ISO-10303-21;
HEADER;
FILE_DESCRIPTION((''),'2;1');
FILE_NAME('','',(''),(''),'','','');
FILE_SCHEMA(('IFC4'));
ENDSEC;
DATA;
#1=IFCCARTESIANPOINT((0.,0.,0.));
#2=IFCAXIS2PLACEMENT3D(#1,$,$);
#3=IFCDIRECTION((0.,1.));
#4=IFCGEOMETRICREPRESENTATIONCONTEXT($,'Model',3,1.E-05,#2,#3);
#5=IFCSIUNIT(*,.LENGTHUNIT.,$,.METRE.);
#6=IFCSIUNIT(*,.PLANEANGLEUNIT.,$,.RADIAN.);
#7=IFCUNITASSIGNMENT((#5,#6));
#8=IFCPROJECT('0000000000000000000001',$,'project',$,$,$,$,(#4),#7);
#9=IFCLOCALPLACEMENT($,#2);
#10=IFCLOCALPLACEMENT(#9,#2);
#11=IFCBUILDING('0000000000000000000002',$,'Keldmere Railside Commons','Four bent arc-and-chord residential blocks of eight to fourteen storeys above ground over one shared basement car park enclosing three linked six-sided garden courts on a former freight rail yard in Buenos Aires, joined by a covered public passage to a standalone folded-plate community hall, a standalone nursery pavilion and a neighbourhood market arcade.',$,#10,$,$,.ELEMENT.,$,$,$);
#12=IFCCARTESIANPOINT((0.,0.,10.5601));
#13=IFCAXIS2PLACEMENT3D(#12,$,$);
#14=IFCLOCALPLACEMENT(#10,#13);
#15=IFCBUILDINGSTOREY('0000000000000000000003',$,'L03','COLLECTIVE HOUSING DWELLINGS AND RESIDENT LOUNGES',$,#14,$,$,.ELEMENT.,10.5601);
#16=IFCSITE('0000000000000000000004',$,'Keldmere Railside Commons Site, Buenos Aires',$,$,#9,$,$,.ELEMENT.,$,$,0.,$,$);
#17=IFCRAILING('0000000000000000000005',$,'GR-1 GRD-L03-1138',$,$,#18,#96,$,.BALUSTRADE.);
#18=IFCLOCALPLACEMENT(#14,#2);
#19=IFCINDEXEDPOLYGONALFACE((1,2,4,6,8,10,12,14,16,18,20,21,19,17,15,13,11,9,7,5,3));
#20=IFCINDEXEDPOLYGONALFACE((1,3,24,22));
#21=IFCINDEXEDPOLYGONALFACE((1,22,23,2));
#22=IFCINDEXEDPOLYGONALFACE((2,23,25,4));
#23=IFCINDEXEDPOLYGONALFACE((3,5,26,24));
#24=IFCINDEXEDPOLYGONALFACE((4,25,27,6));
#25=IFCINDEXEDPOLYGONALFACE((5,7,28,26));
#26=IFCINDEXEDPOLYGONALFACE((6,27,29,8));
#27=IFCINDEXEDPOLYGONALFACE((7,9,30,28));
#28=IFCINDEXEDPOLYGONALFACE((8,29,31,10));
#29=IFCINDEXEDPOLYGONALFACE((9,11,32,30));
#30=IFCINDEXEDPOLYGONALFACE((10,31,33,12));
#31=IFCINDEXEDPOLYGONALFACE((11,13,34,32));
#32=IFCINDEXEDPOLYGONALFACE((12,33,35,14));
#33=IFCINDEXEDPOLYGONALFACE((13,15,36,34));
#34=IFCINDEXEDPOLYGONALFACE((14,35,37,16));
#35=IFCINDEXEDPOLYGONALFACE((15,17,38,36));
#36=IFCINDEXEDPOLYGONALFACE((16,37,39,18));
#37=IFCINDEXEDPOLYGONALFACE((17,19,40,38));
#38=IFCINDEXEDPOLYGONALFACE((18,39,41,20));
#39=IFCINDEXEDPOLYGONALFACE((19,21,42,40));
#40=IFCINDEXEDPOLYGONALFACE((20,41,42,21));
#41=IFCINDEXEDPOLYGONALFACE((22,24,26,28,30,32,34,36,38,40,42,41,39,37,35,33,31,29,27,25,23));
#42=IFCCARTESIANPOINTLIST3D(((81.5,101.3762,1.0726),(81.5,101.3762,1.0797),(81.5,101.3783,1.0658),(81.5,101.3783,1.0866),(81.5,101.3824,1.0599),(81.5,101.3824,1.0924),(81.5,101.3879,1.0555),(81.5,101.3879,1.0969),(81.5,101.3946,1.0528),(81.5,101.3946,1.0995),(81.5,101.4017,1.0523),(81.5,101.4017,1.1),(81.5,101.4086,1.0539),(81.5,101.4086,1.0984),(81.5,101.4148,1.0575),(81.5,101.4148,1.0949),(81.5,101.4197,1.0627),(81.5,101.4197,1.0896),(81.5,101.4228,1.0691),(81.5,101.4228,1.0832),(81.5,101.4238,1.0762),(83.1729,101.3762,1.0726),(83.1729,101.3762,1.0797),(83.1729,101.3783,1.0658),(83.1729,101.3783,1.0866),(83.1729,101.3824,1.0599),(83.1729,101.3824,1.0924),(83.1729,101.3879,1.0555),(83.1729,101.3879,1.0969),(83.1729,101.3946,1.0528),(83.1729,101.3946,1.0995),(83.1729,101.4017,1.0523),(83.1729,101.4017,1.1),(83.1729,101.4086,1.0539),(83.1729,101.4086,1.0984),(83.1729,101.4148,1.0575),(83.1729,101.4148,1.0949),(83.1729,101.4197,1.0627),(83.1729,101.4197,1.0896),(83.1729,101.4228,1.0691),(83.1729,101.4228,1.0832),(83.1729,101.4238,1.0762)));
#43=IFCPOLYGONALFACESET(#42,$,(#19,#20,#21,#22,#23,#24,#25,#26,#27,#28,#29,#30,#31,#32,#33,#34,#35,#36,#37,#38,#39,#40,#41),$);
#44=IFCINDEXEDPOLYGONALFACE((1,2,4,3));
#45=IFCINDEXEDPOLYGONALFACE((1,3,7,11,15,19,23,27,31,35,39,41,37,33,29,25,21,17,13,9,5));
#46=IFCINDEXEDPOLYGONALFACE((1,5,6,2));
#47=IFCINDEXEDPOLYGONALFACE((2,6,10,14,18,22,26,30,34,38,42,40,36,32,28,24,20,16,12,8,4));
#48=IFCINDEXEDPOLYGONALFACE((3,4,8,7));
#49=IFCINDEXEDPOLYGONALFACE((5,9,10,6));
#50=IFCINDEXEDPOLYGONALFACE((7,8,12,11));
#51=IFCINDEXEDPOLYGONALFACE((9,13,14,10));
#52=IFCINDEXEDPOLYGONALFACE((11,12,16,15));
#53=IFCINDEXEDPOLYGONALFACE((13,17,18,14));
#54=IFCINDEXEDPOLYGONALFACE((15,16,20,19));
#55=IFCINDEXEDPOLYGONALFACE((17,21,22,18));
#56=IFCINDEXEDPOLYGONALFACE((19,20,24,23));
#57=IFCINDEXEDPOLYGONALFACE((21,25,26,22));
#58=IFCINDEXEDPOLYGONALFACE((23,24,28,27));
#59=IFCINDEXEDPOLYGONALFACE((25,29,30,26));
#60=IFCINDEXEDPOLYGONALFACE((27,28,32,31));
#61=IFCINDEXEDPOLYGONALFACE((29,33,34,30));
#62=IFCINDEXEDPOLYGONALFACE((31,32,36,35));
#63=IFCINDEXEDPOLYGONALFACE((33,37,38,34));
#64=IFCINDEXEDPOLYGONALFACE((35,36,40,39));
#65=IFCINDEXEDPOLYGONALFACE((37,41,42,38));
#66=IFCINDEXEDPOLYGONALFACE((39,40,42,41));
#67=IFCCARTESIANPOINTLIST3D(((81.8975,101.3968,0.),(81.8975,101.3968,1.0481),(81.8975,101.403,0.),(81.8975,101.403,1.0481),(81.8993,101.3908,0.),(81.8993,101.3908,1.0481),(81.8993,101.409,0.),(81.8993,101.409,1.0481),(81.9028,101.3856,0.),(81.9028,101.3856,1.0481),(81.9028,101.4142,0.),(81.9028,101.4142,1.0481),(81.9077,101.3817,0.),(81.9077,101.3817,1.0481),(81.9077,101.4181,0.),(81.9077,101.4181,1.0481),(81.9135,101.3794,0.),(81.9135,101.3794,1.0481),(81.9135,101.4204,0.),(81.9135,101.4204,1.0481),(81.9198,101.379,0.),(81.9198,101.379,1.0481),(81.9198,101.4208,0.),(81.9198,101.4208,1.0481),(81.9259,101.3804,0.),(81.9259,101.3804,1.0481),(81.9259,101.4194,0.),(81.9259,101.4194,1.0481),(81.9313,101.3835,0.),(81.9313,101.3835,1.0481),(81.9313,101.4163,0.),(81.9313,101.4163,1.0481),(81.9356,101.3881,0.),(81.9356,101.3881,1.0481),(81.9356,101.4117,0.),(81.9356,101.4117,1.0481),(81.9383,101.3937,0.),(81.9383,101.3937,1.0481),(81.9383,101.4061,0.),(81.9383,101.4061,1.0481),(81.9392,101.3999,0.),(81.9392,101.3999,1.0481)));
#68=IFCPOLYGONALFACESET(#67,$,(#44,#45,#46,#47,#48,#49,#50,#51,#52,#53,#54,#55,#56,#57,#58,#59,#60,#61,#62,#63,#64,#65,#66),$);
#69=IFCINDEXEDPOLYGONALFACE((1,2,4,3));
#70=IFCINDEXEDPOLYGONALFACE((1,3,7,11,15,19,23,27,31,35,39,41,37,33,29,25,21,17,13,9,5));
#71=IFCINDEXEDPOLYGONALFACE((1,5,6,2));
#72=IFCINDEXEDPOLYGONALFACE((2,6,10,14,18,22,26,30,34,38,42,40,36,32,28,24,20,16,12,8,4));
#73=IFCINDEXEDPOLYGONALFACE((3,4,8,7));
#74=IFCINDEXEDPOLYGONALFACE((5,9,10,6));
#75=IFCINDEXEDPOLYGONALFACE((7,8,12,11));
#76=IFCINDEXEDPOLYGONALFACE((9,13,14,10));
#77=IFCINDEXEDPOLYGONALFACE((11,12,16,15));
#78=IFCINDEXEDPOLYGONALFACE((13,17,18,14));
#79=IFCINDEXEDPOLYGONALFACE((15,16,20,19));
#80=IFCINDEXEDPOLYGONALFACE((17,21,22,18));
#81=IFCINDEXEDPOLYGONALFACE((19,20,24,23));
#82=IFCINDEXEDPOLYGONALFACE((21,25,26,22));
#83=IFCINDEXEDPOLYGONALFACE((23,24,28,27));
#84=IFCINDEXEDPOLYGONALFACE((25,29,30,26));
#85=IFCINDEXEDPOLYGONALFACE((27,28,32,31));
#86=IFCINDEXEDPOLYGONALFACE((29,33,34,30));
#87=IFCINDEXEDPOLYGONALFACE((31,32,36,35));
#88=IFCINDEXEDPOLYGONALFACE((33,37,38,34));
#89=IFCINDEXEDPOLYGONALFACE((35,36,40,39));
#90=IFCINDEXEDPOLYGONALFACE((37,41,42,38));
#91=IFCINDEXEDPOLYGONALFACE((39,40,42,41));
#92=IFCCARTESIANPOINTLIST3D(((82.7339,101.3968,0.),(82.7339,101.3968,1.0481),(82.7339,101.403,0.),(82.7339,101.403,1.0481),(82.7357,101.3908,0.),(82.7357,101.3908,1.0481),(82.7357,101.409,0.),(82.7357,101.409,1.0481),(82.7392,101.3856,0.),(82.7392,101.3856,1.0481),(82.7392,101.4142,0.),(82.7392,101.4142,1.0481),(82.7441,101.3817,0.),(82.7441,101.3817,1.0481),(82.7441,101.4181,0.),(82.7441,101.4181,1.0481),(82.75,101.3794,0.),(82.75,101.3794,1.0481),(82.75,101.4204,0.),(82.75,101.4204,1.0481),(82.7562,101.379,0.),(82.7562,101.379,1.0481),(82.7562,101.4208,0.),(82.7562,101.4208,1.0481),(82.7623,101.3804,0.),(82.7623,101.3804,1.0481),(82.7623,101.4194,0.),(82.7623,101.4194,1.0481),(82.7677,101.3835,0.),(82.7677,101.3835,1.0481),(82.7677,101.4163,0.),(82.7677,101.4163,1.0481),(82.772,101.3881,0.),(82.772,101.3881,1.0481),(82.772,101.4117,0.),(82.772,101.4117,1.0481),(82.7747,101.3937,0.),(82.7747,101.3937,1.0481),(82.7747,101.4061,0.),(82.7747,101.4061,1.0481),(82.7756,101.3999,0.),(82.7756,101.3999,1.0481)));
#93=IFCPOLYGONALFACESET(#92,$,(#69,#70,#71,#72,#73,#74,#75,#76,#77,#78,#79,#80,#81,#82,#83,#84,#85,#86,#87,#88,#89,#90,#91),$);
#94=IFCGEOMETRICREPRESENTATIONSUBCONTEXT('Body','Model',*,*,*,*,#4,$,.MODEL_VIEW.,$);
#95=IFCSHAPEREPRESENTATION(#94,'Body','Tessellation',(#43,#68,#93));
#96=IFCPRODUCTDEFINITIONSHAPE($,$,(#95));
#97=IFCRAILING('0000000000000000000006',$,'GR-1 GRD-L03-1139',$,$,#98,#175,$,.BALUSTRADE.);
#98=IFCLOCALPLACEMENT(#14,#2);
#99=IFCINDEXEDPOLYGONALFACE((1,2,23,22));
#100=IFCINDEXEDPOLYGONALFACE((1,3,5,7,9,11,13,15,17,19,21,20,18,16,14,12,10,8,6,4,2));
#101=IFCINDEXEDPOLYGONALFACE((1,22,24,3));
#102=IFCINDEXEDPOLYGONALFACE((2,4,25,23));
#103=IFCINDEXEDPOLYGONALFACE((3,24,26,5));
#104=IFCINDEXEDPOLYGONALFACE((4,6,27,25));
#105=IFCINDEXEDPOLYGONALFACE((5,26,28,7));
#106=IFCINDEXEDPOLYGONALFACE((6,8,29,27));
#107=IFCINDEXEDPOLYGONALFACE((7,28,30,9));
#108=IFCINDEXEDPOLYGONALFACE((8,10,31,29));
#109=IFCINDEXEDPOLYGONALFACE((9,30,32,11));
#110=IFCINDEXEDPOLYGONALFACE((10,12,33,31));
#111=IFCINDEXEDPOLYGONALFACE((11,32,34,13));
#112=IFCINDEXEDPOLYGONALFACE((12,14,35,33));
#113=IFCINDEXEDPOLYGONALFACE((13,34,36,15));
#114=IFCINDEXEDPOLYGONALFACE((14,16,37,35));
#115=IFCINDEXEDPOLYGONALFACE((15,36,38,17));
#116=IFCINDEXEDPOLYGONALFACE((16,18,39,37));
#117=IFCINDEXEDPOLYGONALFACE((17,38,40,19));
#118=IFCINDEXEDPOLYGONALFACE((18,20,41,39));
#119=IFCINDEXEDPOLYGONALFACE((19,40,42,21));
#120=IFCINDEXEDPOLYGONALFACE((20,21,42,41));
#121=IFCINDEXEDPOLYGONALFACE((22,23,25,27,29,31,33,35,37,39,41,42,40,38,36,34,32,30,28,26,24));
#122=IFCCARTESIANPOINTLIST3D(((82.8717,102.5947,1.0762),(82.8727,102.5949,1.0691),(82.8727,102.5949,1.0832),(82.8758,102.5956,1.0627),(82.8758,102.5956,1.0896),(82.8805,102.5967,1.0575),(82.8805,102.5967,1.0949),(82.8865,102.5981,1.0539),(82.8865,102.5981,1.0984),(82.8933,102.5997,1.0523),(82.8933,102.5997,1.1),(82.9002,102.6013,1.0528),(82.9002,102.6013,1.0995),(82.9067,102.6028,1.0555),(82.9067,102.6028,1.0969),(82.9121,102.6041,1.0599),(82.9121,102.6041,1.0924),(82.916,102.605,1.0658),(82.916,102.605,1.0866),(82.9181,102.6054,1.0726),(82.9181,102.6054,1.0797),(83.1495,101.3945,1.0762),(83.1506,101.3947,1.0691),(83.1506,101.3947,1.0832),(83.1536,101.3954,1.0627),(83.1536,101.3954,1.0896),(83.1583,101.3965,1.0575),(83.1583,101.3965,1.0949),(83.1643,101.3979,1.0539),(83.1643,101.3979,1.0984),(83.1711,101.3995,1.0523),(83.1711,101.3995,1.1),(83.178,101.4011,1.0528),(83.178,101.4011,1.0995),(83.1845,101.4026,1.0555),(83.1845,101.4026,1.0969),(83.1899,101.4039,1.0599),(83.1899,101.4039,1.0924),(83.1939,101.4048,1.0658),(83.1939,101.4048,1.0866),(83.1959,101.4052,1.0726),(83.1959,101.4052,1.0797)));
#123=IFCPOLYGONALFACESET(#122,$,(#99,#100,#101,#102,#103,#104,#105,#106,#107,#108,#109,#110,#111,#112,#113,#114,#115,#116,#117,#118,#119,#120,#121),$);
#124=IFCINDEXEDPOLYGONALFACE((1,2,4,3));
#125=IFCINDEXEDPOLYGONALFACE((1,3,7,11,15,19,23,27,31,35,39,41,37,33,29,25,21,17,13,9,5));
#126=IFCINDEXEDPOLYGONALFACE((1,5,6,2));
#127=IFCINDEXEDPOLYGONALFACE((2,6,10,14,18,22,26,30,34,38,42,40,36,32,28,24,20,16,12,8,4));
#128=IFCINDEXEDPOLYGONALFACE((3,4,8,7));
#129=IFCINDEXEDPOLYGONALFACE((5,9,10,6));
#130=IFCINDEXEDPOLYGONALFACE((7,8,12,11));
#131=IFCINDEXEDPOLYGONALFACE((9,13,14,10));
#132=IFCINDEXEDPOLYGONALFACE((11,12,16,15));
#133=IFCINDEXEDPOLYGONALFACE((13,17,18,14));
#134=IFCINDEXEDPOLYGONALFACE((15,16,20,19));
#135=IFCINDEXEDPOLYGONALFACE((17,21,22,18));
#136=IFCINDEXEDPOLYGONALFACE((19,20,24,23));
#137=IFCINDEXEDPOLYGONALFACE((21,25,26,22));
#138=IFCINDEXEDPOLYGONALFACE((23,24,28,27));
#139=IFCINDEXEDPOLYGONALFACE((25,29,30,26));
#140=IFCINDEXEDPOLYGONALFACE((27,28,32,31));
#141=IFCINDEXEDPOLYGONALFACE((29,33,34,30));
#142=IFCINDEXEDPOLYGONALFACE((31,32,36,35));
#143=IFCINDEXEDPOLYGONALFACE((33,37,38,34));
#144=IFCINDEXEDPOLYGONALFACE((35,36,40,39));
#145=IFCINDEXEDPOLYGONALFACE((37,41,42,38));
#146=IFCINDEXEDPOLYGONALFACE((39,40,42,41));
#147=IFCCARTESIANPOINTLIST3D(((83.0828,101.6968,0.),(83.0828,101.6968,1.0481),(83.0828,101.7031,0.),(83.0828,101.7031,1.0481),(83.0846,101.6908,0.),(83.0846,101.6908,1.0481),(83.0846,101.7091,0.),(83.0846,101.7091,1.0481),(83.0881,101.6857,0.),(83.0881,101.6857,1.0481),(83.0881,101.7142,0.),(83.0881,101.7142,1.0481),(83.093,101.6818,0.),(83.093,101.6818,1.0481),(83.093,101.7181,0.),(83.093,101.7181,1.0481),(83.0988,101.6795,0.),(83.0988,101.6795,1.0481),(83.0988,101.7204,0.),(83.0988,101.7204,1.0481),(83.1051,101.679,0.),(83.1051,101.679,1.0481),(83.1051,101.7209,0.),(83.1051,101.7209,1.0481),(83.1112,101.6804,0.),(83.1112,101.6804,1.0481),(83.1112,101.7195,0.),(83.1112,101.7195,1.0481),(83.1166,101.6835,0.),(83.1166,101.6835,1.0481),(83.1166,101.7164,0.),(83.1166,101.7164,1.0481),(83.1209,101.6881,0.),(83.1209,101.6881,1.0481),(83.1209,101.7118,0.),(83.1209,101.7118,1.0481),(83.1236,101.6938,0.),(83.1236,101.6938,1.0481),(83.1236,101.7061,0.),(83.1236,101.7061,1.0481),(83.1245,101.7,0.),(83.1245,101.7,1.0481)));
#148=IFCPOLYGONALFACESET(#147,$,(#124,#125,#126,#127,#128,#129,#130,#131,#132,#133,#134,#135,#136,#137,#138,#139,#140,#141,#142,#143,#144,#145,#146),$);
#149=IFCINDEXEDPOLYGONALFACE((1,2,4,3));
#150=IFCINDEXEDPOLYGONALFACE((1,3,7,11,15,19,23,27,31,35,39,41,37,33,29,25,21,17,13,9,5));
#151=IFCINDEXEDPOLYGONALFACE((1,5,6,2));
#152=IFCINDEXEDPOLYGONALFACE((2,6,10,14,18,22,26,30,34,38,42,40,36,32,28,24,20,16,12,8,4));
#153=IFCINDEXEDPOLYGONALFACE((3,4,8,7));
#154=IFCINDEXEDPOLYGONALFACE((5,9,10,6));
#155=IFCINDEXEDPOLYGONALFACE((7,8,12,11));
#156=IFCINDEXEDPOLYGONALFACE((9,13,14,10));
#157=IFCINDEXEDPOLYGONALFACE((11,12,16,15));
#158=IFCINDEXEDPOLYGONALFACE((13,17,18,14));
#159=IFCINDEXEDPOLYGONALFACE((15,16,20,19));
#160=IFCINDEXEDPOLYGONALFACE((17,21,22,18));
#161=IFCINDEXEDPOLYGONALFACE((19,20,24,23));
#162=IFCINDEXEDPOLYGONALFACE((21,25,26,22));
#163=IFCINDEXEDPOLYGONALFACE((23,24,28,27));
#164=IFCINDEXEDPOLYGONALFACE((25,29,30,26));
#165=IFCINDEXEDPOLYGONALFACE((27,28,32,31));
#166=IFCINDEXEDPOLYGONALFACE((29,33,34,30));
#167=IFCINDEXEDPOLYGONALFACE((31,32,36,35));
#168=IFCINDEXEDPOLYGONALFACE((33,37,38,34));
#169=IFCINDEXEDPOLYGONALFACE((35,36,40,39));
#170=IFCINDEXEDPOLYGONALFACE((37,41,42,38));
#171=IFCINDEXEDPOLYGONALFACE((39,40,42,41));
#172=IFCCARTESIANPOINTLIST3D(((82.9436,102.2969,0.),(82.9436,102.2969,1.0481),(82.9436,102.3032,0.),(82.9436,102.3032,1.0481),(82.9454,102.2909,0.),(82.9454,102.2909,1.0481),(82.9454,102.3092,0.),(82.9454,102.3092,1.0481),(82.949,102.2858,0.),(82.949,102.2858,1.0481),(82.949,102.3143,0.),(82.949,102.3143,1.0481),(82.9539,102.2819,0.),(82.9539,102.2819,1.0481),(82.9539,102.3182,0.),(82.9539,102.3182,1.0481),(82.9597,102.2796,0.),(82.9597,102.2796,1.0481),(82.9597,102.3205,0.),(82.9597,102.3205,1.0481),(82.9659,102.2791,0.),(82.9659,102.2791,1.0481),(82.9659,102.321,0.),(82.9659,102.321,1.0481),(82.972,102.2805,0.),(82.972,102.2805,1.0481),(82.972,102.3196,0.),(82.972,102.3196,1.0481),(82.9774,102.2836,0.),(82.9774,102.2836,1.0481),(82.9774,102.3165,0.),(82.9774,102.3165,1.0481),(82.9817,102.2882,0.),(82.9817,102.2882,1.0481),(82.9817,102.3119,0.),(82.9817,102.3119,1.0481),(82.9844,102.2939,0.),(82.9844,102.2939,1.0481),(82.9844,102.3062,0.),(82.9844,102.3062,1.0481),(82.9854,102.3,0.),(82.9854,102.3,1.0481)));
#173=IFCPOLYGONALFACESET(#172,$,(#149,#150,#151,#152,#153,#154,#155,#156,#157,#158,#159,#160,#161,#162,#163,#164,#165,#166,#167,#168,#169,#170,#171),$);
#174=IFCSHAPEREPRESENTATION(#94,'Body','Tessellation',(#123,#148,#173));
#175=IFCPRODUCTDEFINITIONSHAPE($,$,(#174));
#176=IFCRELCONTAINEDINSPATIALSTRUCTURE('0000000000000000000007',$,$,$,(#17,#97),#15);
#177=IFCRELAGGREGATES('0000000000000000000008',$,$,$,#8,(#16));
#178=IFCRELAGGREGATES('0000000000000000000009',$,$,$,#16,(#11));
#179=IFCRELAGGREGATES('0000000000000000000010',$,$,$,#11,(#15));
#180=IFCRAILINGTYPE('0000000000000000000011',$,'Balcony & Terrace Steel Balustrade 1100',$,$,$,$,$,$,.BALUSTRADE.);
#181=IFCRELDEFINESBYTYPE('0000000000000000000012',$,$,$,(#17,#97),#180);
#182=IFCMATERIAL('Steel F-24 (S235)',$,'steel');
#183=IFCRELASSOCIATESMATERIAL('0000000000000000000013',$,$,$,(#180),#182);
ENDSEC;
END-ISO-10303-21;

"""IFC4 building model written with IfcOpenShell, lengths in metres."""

from ifc_helpers import new_model, si_unit, direction, frame, origin, origin_2d, place, context, subcontext, project, spatial, circle, extrude, material, type_object, element, save


model = new_model("IFC4")

# Units and contexts
model_context = context("Model", 3, precision=1e-05, world=origin(), true_north=direction((0.0, 1.0)))
body_context = subcontext(model_context, "Body", "Model", "MODEL_VIEW")
ifc_project = project(units=[si_unit("LENGTHUNIT", "METRE"), si_unit("PLANEANGLEUNIT", "RADIAN")], contexts=[model_context])

# Site, building, storey
site_placement = place(None, origin())
site = spatial("IfcSite", under=ifc_project, at=site_placement, Name="Keldmere Railside Commons Site, Buenos Aires", CompositionType="ELEMENT", RefElevation=0.0)
building_placement = place(site_placement, origin())
building = spatial("IfcBuilding", under=site, at=building_placement, Name="Keldmere Railside Commons", Description="Four bent arc-and-chord residential blocks of eight to fourteen storeys above ground over one shared basement car park enclosing three linked six-sided garden courts on a former freight rail yard in Buenos Aires, joined by a covered public passage to a standalone folded-plate community hall, a standalone nursery pavilion and a neighbourhood market arcade.", CompositionType="ELEMENT")
storey_placement = place(building_placement, frame((0.0, 0.0, 10.5601)))
storey = spatial("IfcBuildingStorey", under=building, at=storey_placement, Name="L03", Description="COLLECTIVE HOUSING DWELLINGS AND RESIDENT LOUNGES", CompositionType="ELEMENT", Elevation=10.5601)

# Railings
ifc_material_1 = material(Name="Steel F-24 (S235)", Category="steel")
railing_type_1 = type_object("IfcRailingType", Name="Balcony & Terrace Steel Balustrade 1100", PredefinedType="BALUSTRADE", material=ifc_material_1)
railing_1_placement = place(storey_placement, frame((81.5, 101.3999, 0.0)))
element("IfcRailing", 1, at=railing_1_placement, inside=storey, type_object=railing_type_1, Name="GR-1 GRD-L03-1138", PredefinedType="BALUSTRADE", context=body_context, shape_type="SweptSolid", body=[
    extrude(circle(Radius=0.0239, at=origin_2d()), frame((0.0, 0.0, 1.0762), z_axis=(1.0, 0.0, 0.0), x_axis=(0.0, 1.0, 0.0)), (0.0, 0.0, 1.0), 1.6729),
    extrude(circle(Radius=0.021, at=origin_2d()), frame((0.4182, 0.0, 0.0)), (0.0, 0.0, 1.0), 1.0481),
    extrude(circle(Radius=0.021, at=origin_2d()), frame((1.2546, 0.0, 0.0)), (0.0, 0.0, 1.0), 1.0481),
])
railing_2_placement = place(storey_placement, frame((83.1729, 101.3999, 0.0)))
element("IfcRailing", 2, at=railing_2_placement, inside=storey, type_object=railing_type_1, Name="GR-1 GRD-L03-1139", PredefinedType="BALUSTRADE", context=body_context, shape_type="SweptSolid", body=[
    extrude(circle(Radius=0.0239, at=origin_2d()), frame((0.0, 0.0, 1.0762), z_axis=(-0.225525, 0.974237, 0.0), x_axis=(-0.974237, -0.225525, 0.0)), (0.0, 0.0, 1.0), 1.2319),
    extrude(circle(Radius=0.021, at=origin_2d()), frame((-0.0693, 0.3, 0.0)), (0.0, 0.0, 1.0), 1.0481),
    extrude(circle(Radius=0.021, at=origin_2d()), frame((-0.2085, 0.9001, 0.0)), (0.0, 0.0, 1.0), 1.0481),
])

save(model, "model.ifc")
